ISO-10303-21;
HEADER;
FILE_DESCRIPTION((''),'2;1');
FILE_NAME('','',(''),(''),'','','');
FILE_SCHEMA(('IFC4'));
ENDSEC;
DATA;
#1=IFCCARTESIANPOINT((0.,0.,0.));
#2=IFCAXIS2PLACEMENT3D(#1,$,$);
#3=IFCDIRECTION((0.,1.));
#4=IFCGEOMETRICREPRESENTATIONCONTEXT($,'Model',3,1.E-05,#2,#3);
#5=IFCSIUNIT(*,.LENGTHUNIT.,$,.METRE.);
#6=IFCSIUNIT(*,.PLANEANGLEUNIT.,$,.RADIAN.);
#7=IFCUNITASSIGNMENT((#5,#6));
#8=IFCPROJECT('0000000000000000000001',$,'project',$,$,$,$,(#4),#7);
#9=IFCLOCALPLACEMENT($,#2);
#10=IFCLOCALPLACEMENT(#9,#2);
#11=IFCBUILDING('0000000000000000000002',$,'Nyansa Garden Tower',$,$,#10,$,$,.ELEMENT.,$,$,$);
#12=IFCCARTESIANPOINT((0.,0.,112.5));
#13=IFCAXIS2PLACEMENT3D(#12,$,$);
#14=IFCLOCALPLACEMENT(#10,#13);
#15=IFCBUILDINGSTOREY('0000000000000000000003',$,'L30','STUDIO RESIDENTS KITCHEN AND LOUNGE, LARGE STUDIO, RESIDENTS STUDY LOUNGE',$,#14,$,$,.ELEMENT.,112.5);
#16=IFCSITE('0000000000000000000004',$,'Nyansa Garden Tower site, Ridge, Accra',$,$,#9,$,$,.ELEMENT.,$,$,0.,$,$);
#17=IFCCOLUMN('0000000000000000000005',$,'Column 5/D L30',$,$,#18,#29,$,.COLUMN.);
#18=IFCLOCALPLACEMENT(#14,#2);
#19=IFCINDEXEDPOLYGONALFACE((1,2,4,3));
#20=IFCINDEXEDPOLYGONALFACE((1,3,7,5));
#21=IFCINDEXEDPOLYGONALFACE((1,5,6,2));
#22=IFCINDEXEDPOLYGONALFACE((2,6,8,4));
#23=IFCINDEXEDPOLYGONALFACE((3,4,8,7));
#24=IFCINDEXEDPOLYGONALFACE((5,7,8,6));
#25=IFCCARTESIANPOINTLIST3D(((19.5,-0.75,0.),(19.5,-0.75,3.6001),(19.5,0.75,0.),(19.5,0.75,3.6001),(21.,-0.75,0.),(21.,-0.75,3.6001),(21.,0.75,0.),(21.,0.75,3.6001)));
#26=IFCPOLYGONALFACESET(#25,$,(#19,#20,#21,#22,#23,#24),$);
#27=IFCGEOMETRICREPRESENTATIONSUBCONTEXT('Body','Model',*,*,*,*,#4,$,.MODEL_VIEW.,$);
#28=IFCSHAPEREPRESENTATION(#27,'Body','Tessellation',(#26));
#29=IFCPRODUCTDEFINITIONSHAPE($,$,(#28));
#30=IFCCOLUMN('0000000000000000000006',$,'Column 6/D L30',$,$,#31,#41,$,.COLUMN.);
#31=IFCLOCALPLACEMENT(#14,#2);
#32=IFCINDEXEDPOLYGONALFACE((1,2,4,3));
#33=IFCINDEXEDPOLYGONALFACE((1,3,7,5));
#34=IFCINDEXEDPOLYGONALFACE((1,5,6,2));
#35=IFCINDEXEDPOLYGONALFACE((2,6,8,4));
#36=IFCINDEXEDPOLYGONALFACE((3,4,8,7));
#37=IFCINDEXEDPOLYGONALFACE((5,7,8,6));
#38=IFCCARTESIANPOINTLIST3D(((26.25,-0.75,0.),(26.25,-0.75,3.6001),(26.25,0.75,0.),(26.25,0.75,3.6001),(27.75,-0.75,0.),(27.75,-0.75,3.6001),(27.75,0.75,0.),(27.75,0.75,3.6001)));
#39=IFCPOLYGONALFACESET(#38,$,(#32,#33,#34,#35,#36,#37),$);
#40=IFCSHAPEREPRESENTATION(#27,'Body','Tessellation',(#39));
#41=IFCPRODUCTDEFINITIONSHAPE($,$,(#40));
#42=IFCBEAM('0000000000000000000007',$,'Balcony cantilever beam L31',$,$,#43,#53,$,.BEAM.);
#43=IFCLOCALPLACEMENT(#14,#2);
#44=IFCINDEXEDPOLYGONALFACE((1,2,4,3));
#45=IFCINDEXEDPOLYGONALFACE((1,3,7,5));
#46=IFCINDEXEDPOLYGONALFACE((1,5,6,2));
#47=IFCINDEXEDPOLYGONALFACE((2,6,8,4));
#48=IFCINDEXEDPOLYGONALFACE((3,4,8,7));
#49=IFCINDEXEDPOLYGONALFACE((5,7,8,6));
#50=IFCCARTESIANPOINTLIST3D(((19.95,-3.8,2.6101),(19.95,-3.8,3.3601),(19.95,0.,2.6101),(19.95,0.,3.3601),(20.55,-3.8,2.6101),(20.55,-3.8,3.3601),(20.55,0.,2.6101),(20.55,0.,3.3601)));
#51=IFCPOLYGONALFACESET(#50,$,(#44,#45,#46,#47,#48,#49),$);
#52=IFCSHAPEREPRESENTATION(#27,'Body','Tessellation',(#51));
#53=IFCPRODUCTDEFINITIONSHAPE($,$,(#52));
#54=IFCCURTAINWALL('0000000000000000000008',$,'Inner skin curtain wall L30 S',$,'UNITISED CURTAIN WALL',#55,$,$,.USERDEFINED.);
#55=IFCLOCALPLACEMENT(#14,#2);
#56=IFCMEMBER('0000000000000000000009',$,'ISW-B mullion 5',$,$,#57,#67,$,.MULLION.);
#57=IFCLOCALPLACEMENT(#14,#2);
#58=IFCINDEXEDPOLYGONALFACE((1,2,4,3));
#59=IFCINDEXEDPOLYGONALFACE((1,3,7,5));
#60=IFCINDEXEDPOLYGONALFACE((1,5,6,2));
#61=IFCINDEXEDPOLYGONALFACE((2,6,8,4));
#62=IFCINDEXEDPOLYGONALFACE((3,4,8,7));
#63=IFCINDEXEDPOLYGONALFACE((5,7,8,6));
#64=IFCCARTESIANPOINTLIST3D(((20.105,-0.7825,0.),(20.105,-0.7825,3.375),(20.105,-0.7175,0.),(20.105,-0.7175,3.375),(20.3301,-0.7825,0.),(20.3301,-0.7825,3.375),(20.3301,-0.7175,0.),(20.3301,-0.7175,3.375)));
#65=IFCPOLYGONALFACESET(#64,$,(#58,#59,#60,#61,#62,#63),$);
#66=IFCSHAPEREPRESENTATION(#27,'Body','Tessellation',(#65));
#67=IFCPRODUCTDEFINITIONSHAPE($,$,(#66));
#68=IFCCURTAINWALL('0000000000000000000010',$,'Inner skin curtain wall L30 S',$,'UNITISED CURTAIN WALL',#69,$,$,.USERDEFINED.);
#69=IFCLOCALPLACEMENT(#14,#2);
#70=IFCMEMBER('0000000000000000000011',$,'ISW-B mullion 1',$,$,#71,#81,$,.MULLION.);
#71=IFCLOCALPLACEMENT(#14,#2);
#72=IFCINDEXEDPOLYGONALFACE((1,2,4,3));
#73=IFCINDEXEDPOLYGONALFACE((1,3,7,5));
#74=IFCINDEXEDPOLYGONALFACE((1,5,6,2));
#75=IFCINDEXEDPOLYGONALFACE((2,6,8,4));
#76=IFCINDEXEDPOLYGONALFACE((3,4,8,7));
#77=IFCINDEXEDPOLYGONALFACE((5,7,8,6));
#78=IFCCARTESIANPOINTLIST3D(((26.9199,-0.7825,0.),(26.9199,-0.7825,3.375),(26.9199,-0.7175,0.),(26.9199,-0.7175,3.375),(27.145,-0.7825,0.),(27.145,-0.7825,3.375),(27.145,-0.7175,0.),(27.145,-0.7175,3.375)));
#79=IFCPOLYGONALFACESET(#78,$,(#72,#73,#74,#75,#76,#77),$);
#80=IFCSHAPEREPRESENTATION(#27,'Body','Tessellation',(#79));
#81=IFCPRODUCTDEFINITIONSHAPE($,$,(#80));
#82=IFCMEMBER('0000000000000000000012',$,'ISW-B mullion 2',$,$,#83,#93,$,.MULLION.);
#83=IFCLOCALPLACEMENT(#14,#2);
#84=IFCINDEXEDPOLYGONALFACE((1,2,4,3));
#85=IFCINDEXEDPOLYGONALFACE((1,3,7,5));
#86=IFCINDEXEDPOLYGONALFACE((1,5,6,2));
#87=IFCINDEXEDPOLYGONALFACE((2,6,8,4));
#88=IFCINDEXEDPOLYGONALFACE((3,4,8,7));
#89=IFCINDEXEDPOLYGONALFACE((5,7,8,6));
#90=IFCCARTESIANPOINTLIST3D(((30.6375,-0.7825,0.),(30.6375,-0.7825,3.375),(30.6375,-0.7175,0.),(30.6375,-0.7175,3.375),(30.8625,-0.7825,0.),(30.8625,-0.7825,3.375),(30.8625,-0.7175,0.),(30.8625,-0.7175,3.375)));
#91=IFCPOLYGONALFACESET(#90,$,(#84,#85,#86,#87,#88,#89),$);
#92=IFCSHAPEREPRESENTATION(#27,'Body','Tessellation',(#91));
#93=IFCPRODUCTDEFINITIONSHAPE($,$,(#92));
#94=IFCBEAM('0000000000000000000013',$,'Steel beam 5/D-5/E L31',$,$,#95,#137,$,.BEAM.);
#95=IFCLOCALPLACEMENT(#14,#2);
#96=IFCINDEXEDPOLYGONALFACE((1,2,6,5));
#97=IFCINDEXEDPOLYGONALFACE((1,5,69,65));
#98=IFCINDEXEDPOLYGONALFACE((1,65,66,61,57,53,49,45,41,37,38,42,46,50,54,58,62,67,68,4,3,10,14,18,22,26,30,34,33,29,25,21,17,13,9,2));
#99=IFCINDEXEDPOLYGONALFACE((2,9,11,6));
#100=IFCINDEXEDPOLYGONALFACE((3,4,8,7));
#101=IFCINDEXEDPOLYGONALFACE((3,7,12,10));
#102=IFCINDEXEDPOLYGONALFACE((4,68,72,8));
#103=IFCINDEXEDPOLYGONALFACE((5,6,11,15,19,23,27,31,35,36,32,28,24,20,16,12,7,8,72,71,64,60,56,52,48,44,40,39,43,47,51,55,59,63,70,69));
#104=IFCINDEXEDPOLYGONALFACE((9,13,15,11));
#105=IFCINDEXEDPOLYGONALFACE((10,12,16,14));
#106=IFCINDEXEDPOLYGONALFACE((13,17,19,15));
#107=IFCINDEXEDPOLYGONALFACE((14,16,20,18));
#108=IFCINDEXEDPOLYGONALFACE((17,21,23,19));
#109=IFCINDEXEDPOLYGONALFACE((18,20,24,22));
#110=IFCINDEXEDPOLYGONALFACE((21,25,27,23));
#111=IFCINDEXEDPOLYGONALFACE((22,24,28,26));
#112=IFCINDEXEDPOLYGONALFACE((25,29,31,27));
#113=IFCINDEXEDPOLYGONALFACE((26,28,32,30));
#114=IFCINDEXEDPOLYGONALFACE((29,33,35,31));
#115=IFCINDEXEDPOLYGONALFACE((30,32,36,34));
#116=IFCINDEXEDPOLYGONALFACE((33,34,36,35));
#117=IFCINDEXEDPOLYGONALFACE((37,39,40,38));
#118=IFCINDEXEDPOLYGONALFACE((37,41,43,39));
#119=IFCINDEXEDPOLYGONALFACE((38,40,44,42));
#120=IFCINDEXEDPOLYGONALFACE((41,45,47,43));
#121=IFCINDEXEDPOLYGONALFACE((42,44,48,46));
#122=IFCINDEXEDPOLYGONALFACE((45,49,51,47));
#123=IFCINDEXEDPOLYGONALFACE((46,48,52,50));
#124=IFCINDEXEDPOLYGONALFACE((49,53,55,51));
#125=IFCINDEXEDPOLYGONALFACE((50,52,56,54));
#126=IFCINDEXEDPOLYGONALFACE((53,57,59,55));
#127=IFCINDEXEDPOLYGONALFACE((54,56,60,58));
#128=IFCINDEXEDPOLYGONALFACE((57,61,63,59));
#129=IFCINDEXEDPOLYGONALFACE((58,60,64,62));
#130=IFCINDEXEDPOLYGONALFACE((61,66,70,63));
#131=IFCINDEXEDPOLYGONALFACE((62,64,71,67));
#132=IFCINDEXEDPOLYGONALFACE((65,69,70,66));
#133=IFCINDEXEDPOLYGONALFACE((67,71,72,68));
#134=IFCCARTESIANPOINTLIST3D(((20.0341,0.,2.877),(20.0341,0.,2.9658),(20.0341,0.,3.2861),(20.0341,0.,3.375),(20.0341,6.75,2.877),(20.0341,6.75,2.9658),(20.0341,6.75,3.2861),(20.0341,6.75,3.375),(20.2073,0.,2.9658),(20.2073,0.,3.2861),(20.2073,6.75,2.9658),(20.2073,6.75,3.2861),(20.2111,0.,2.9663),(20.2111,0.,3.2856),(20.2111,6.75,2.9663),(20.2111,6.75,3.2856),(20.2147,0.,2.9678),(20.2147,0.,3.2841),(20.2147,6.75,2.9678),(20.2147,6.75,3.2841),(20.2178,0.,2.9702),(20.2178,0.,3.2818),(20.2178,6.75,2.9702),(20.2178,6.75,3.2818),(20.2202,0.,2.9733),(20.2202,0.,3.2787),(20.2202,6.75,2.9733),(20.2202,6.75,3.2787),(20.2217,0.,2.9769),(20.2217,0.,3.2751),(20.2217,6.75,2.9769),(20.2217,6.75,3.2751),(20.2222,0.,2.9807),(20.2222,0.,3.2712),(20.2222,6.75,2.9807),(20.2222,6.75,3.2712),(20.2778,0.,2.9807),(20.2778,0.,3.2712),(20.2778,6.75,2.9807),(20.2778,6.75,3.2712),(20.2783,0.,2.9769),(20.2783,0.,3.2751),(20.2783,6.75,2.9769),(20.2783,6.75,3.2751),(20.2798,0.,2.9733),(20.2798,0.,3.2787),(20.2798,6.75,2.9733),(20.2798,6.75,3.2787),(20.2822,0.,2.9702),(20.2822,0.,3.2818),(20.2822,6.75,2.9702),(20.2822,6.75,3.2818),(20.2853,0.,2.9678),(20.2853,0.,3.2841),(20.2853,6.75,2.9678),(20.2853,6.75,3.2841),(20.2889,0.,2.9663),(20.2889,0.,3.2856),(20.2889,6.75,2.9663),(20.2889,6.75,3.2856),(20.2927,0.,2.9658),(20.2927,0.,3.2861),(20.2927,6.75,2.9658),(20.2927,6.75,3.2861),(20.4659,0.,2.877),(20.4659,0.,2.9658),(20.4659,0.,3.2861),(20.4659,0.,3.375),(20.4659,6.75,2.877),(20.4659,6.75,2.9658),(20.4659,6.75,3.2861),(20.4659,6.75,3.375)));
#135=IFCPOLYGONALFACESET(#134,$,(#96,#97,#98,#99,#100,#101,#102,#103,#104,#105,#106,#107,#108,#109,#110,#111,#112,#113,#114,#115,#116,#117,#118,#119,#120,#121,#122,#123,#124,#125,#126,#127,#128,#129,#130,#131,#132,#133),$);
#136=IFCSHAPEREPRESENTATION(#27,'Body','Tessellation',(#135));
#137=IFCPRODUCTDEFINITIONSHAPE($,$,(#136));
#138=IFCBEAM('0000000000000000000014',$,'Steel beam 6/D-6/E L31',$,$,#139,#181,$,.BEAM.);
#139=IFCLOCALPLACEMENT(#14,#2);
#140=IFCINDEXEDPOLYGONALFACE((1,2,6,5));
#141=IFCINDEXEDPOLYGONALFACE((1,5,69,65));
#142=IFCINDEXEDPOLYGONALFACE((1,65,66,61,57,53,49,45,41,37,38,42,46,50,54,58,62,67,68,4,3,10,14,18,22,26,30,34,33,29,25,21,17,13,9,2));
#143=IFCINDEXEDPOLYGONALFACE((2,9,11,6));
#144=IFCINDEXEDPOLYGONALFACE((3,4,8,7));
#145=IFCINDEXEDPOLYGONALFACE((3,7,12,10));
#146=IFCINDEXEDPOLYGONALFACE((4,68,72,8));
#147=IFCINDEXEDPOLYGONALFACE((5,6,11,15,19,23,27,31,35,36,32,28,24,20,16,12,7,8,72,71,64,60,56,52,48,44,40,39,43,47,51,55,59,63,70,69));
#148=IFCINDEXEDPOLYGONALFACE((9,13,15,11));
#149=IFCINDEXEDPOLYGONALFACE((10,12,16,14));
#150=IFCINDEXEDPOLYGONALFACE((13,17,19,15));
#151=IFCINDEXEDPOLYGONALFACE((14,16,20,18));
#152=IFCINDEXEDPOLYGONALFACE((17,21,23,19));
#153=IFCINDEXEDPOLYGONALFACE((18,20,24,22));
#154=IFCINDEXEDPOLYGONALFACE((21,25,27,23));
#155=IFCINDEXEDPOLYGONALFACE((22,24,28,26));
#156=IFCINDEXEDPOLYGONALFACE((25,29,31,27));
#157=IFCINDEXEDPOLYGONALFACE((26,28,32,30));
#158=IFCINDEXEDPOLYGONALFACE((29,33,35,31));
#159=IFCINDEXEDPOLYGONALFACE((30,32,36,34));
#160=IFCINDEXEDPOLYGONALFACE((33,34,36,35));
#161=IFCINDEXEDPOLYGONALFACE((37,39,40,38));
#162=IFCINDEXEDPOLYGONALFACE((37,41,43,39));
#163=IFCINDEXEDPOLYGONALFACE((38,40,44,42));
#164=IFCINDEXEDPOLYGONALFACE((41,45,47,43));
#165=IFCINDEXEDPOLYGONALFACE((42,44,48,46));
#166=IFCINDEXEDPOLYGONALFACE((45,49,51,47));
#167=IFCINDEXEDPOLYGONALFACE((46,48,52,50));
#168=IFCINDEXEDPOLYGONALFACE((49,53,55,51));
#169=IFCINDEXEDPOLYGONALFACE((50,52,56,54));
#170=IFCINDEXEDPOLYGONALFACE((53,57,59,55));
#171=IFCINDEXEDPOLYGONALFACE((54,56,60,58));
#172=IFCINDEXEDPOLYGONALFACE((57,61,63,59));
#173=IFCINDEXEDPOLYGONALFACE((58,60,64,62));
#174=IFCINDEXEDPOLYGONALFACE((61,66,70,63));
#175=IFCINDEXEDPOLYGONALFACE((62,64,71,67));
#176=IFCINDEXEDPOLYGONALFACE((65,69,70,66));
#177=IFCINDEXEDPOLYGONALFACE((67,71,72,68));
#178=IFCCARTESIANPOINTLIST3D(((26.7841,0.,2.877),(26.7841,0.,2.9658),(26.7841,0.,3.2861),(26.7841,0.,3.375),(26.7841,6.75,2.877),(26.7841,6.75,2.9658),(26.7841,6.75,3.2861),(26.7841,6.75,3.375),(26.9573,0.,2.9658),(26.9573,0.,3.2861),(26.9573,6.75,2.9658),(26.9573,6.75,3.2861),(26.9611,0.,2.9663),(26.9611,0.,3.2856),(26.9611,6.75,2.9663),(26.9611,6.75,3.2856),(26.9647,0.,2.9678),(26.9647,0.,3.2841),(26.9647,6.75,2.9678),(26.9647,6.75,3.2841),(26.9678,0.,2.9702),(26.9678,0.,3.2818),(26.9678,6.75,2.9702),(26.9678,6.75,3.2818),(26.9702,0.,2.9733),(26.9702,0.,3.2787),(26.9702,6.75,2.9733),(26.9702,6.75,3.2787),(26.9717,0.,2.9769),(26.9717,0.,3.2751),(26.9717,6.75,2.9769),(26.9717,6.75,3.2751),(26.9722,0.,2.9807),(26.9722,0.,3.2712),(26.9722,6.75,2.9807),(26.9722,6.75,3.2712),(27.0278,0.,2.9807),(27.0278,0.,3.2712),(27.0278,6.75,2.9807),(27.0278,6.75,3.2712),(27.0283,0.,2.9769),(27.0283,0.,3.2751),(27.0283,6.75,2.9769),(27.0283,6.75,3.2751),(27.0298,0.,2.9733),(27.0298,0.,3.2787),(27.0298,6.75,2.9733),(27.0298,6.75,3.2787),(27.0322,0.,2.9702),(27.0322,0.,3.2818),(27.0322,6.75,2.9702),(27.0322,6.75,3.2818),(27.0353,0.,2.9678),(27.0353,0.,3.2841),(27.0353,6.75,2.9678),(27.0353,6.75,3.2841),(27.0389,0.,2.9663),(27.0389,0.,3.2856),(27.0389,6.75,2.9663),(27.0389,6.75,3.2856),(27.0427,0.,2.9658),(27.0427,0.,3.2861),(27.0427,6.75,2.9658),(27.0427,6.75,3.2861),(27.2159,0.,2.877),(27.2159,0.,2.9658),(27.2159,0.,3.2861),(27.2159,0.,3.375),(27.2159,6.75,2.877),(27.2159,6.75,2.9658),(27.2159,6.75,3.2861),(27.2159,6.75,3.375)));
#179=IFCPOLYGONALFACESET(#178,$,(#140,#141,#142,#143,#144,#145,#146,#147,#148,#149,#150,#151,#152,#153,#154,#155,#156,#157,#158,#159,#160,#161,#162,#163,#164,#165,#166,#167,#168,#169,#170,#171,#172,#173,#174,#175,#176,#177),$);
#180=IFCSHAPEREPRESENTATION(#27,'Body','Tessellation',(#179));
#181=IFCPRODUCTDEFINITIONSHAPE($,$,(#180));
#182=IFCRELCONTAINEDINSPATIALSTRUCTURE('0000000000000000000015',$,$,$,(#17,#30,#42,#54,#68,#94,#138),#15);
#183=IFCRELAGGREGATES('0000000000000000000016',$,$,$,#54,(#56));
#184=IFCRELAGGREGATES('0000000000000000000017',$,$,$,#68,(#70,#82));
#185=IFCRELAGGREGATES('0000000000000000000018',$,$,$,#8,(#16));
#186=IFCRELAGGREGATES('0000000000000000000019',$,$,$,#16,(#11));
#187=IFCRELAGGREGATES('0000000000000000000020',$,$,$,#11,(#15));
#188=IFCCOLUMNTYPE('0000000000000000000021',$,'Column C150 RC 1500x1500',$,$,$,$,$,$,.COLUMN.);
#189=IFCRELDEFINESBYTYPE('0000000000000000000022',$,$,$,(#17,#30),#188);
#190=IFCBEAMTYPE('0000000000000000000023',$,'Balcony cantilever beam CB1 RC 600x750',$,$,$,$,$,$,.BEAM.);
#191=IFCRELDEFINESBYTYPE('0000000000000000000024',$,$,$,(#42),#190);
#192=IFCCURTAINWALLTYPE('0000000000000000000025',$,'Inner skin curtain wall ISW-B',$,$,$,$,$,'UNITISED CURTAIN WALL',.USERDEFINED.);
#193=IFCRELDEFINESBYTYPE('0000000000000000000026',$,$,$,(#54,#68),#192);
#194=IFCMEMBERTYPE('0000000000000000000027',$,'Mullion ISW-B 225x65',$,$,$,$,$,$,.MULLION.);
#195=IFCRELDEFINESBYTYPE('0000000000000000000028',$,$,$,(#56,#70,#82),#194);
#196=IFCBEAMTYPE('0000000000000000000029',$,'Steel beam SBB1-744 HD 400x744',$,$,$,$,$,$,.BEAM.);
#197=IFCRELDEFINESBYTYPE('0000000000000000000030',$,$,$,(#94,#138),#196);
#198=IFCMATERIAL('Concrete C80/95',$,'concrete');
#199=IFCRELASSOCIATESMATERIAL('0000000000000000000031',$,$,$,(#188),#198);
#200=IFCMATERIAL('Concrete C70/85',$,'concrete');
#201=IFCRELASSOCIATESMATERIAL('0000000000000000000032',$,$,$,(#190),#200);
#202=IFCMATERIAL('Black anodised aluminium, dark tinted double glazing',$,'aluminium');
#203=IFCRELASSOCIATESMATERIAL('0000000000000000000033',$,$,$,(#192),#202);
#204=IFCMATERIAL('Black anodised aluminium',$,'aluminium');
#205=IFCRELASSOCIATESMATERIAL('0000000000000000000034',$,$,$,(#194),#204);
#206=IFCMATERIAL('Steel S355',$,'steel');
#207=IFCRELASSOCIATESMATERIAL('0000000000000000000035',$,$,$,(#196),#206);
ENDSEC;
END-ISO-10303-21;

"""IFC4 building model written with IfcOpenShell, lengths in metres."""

from ifc_helpers import new_model, si_unit, direction, frame, origin, origin_2d, place, context, subcontext, project, spatial, rectangle, i_section, extrude, material, material_profile, profile_set, type_object, element, aggregate, save


model = new_model("IFC4")

# Units and contexts
model_context = context("Model", 3, precision=1e-05, world=origin(), true_north=direction((0.0, 1.0)))
body_context = subcontext(model_context, "Body", "Model", "MODEL_VIEW")
ifc_project = project(units=[si_unit("LENGTHUNIT", "METRE"), si_unit("PLANEANGLEUNIT", "RADIAN")], contexts=[model_context])

# Site, building, storey
site_placement = place(None, origin())
site = spatial("IfcSite", under=ifc_project, at=site_placement, Name="Nyansa Garden Tower site, Ridge, Accra", CompositionType="ELEMENT", RefElevation=0.0)
building_placement = place(site_placement, origin())
building = spatial("IfcBuilding", under=site, at=building_placement, Name="Nyansa Garden Tower", CompositionType="ELEMENT")
storey_placement = place(building_placement, frame((0.0, 0.0, 112.5)))
storey = spatial("IfcBuildingStorey", under=building, at=storey_placement, Name="L30", Description="STUDIO RESIDENTS KITCHEN AND LOUNGE, LARGE STUDIO, RESIDENTS STUDY LOUNGE", CompositionType="ELEMENT", Elevation=112.5)

# Columns
ifc_material_1 = material(Name="Concrete C80/95", Category="concrete")
ifc_material_profile_1 = material_profile(ifc_material_1, rectangle(XDim=1.5, YDim=1.5, at=origin_2d()), Name="RC 1500x1500")
ifc_profile_set_1 = profile_set([ifc_material_profile_1], Name="Concrete C80/95")
column_type = type_object("IfcColumnType", Name="Column C150 RC 1500x1500", PredefinedType="COLUMN", material=ifc_profile_set_1)
for number, where, z_axis, x_axis, name in (
    (1, (20.25, 0.0, 0.0), (0.0, 0.0, 1.0), (1.0, 0.0, 0.0), "Column 5/D L30"),
    (2, (27.0, 0.0, 0.0), (0.0, 0.0, 1.0), (1.0, 0.0, 0.0), "Column 6/D L30"),
):
    element("IfcColumn", number, at=place(storey_placement, frame(where, z_axis=z_axis, x_axis=x_axis)), inside=storey, type_object=column_type, Name=name, PredefinedType="COLUMN", context=body_context, shape_type="SweptSolid", body=[
        extrude(rectangle(XDim=1.5, YDim=1.5, at=origin_2d()), origin(), (0.0, 0.0, 1.0), 3.6001),
    ])

# Beam
ifc_material_2 = material(Name="Concrete C70/85", Category="concrete")
ifc_material_profile_2 = material_profile(ifc_material_2, rectangle(XDim=0.6001, YDim=0.75, at=origin_2d()), Name="RC 600x750")
ifc_profile_set_2 = profile_set([ifc_material_profile_2], Name="Concrete C70/85")
beam_type_1 = type_object("IfcBeamType", Name="Balcony cantilever beam CB1 RC 600x750", PredefinedType="BEAM", material=ifc_profile_set_2)
beam_placement = place(storey_placement, frame((20.25, 0.0, 2.9851), z_axis=(0.0, -1.0, 0.0), x_axis=(1.0, 0.0, 0.0)))
element("IfcBeam", 3, at=beam_placement, inside=storey, type_object=beam_type_1, Name="Balcony cantilever beam L31", PredefinedType="BEAM", context=body_context, shape_type="SweptSolid", body=[
    extrude(rectangle(XDim=0.6001, YDim=0.75, at=origin_2d()), origin(), (0.0, 0.0, 1.0), 3.8),
])

# Curtain wall, member
ifc_material_3 = material(Name="Black anodised aluminium, dark tinted double glazing", Category="aluminium")
curtain_wall_type = type_object("IfcCurtainWallType", Name="Inner skin curtain wall ISW-B", ElementType="UNITISED CURTAIN WALL", PredefinedType="USERDEFINED", material=ifc_material_3)
curtain_wall_1_placement = place(storey_placement, origin())
curtain_wall_1 = element("IfcCurtainWall", 4, at=curtain_wall_1_placement, inside=storey, type_object=curtain_wall_type, Name="Inner skin curtain wall L30 S", ObjectType="UNITISED CURTAIN WALL", PredefinedType="USERDEFINED")
ifc_material_4 = material(Name="Black anodised aluminium", Category="aluminium")
ifc_material_profile_3 = material_profile(ifc_material_4, rectangle(XDim=0.0649, YDim=0.2251, at=origin_2d()), Name="Mullion 225x65")
ifc_profile_set_3 = profile_set([ifc_material_profile_3], Name="Black anodised aluminium")
member_type_1 = type_object("IfcMemberType", Name="Mullion ISW-B 225x65", PredefinedType="MULLION", material=ifc_profile_set_3)
member_1_placement = place(storey_placement, frame((20.2175, -0.75, 0.0), z_axis=(0.0, 0.0, 1.0), x_axis=(0.0, 1.0, 0.0)))
member_1 = element("IfcMember", 5, at=member_1_placement, type_object=member_type_1, Name="ISW-B mullion 5", PredefinedType="MULLION", context=body_context, shape_type="SweptSolid", body=[
    extrude(rectangle(XDim=0.0649, YDim=0.2251, at=origin_2d()), origin(), (0.0, 0.0, 1.0), 3.375),
])
aggregate(curtain_wall_1, [member_1])

# Curtain wall, members
curtain_wall_2_placement = place(storey_placement, origin())
curtain_wall_2 = element("IfcCurtainWall", 6, at=curtain_wall_2_placement, inside=storey, type_object=curtain_wall_type, Name="Inner skin curtain wall L30 S", ObjectType="UNITISED CURTAIN WALL", PredefinedType="USERDEFINED")
member_2_placement = place(storey_placement, frame((27.0325, -0.75, 0.0), z_axis=(0.0, 0.0, 1.0), x_axis=(0.0, 1.0, 0.0)))
member_2 = element("IfcMember", 7, at=member_2_placement, type_object=member_type_1, Name="ISW-B mullion 1", PredefinedType="MULLION", context=body_context, shape_type="SweptSolid", body=[
    extrude(rectangle(XDim=0.0649, YDim=0.2251, at=origin_2d()), origin(), (0.0, 0.0, 1.0), 3.375),
])
member_3_placement = place(storey_placement, frame((30.75, -0.75, 0.0), z_axis=(0.0, 0.0, 1.0), x_axis=(0.0, 1.0, 0.0)))
member_3 = element("IfcMember", 8, at=member_3_placement, type_object=member_type_1, Name="ISW-B mullion 2", PredefinedType="MULLION", context=body_context, shape_type="SweptSolid", body=[
    extrude(rectangle(XDim=0.0649, YDim=0.2251, at=origin_2d()), origin(), (0.0, 0.0, 1.0), 3.375),
])

# Beams
ifc_material_5 = material(Name="Steel S355", Category="steel")
ifc_material_profile_4 = material_profile(ifc_material_5, i_section(OverallWidth=0.4319, OverallDepth=0.498, WebThickness=0.0557, FlangeThickness=0.0889, FilletRadius=0.0149, at=origin_2d()), Name="HD 400x744")
ifc_profile_set_4 = profile_set([ifc_material_profile_4], Name="Steel S355")
beam_type_2 = type_object("IfcBeamType", Name="Steel beam SBB1-744 HD 400x744", PredefinedType="BEAM", material=ifc_profile_set_4)
for number, where, z_axis, x_axis, name in (
    (9, (20.25, 0.0, 3.126), (0.0, 1.0, 0.0), (-1.0, 0.0, 0.0), "Steel beam 5/D-5/E L31"),
    (10, (27.0, 0.0, 3.126), (0.0, 1.0, 0.0), (-1.0, 0.0, 0.0), "Steel beam 6/D-6/E L31"),
):
    element("IfcBeam", number, at=place(storey_placement, frame(where, z_axis=z_axis, x_axis=x_axis)), inside=storey, type_object=beam_type_2, Name=name, PredefinedType="BEAM", context=body_context, shape_type="SweptSolid", body=[
        extrude(i_section(OverallWidth=0.4319, OverallDepth=0.498, WebThickness=0.0557, FlangeThickness=0.0889, FilletRadius=0.0149, at=origin_2d()), origin(), (0.0, 0.0, 1.0), 6.75),
    ])

aggregate(curtain_wall_2, [member_2, member_3])

save(model, "model.ifc")
